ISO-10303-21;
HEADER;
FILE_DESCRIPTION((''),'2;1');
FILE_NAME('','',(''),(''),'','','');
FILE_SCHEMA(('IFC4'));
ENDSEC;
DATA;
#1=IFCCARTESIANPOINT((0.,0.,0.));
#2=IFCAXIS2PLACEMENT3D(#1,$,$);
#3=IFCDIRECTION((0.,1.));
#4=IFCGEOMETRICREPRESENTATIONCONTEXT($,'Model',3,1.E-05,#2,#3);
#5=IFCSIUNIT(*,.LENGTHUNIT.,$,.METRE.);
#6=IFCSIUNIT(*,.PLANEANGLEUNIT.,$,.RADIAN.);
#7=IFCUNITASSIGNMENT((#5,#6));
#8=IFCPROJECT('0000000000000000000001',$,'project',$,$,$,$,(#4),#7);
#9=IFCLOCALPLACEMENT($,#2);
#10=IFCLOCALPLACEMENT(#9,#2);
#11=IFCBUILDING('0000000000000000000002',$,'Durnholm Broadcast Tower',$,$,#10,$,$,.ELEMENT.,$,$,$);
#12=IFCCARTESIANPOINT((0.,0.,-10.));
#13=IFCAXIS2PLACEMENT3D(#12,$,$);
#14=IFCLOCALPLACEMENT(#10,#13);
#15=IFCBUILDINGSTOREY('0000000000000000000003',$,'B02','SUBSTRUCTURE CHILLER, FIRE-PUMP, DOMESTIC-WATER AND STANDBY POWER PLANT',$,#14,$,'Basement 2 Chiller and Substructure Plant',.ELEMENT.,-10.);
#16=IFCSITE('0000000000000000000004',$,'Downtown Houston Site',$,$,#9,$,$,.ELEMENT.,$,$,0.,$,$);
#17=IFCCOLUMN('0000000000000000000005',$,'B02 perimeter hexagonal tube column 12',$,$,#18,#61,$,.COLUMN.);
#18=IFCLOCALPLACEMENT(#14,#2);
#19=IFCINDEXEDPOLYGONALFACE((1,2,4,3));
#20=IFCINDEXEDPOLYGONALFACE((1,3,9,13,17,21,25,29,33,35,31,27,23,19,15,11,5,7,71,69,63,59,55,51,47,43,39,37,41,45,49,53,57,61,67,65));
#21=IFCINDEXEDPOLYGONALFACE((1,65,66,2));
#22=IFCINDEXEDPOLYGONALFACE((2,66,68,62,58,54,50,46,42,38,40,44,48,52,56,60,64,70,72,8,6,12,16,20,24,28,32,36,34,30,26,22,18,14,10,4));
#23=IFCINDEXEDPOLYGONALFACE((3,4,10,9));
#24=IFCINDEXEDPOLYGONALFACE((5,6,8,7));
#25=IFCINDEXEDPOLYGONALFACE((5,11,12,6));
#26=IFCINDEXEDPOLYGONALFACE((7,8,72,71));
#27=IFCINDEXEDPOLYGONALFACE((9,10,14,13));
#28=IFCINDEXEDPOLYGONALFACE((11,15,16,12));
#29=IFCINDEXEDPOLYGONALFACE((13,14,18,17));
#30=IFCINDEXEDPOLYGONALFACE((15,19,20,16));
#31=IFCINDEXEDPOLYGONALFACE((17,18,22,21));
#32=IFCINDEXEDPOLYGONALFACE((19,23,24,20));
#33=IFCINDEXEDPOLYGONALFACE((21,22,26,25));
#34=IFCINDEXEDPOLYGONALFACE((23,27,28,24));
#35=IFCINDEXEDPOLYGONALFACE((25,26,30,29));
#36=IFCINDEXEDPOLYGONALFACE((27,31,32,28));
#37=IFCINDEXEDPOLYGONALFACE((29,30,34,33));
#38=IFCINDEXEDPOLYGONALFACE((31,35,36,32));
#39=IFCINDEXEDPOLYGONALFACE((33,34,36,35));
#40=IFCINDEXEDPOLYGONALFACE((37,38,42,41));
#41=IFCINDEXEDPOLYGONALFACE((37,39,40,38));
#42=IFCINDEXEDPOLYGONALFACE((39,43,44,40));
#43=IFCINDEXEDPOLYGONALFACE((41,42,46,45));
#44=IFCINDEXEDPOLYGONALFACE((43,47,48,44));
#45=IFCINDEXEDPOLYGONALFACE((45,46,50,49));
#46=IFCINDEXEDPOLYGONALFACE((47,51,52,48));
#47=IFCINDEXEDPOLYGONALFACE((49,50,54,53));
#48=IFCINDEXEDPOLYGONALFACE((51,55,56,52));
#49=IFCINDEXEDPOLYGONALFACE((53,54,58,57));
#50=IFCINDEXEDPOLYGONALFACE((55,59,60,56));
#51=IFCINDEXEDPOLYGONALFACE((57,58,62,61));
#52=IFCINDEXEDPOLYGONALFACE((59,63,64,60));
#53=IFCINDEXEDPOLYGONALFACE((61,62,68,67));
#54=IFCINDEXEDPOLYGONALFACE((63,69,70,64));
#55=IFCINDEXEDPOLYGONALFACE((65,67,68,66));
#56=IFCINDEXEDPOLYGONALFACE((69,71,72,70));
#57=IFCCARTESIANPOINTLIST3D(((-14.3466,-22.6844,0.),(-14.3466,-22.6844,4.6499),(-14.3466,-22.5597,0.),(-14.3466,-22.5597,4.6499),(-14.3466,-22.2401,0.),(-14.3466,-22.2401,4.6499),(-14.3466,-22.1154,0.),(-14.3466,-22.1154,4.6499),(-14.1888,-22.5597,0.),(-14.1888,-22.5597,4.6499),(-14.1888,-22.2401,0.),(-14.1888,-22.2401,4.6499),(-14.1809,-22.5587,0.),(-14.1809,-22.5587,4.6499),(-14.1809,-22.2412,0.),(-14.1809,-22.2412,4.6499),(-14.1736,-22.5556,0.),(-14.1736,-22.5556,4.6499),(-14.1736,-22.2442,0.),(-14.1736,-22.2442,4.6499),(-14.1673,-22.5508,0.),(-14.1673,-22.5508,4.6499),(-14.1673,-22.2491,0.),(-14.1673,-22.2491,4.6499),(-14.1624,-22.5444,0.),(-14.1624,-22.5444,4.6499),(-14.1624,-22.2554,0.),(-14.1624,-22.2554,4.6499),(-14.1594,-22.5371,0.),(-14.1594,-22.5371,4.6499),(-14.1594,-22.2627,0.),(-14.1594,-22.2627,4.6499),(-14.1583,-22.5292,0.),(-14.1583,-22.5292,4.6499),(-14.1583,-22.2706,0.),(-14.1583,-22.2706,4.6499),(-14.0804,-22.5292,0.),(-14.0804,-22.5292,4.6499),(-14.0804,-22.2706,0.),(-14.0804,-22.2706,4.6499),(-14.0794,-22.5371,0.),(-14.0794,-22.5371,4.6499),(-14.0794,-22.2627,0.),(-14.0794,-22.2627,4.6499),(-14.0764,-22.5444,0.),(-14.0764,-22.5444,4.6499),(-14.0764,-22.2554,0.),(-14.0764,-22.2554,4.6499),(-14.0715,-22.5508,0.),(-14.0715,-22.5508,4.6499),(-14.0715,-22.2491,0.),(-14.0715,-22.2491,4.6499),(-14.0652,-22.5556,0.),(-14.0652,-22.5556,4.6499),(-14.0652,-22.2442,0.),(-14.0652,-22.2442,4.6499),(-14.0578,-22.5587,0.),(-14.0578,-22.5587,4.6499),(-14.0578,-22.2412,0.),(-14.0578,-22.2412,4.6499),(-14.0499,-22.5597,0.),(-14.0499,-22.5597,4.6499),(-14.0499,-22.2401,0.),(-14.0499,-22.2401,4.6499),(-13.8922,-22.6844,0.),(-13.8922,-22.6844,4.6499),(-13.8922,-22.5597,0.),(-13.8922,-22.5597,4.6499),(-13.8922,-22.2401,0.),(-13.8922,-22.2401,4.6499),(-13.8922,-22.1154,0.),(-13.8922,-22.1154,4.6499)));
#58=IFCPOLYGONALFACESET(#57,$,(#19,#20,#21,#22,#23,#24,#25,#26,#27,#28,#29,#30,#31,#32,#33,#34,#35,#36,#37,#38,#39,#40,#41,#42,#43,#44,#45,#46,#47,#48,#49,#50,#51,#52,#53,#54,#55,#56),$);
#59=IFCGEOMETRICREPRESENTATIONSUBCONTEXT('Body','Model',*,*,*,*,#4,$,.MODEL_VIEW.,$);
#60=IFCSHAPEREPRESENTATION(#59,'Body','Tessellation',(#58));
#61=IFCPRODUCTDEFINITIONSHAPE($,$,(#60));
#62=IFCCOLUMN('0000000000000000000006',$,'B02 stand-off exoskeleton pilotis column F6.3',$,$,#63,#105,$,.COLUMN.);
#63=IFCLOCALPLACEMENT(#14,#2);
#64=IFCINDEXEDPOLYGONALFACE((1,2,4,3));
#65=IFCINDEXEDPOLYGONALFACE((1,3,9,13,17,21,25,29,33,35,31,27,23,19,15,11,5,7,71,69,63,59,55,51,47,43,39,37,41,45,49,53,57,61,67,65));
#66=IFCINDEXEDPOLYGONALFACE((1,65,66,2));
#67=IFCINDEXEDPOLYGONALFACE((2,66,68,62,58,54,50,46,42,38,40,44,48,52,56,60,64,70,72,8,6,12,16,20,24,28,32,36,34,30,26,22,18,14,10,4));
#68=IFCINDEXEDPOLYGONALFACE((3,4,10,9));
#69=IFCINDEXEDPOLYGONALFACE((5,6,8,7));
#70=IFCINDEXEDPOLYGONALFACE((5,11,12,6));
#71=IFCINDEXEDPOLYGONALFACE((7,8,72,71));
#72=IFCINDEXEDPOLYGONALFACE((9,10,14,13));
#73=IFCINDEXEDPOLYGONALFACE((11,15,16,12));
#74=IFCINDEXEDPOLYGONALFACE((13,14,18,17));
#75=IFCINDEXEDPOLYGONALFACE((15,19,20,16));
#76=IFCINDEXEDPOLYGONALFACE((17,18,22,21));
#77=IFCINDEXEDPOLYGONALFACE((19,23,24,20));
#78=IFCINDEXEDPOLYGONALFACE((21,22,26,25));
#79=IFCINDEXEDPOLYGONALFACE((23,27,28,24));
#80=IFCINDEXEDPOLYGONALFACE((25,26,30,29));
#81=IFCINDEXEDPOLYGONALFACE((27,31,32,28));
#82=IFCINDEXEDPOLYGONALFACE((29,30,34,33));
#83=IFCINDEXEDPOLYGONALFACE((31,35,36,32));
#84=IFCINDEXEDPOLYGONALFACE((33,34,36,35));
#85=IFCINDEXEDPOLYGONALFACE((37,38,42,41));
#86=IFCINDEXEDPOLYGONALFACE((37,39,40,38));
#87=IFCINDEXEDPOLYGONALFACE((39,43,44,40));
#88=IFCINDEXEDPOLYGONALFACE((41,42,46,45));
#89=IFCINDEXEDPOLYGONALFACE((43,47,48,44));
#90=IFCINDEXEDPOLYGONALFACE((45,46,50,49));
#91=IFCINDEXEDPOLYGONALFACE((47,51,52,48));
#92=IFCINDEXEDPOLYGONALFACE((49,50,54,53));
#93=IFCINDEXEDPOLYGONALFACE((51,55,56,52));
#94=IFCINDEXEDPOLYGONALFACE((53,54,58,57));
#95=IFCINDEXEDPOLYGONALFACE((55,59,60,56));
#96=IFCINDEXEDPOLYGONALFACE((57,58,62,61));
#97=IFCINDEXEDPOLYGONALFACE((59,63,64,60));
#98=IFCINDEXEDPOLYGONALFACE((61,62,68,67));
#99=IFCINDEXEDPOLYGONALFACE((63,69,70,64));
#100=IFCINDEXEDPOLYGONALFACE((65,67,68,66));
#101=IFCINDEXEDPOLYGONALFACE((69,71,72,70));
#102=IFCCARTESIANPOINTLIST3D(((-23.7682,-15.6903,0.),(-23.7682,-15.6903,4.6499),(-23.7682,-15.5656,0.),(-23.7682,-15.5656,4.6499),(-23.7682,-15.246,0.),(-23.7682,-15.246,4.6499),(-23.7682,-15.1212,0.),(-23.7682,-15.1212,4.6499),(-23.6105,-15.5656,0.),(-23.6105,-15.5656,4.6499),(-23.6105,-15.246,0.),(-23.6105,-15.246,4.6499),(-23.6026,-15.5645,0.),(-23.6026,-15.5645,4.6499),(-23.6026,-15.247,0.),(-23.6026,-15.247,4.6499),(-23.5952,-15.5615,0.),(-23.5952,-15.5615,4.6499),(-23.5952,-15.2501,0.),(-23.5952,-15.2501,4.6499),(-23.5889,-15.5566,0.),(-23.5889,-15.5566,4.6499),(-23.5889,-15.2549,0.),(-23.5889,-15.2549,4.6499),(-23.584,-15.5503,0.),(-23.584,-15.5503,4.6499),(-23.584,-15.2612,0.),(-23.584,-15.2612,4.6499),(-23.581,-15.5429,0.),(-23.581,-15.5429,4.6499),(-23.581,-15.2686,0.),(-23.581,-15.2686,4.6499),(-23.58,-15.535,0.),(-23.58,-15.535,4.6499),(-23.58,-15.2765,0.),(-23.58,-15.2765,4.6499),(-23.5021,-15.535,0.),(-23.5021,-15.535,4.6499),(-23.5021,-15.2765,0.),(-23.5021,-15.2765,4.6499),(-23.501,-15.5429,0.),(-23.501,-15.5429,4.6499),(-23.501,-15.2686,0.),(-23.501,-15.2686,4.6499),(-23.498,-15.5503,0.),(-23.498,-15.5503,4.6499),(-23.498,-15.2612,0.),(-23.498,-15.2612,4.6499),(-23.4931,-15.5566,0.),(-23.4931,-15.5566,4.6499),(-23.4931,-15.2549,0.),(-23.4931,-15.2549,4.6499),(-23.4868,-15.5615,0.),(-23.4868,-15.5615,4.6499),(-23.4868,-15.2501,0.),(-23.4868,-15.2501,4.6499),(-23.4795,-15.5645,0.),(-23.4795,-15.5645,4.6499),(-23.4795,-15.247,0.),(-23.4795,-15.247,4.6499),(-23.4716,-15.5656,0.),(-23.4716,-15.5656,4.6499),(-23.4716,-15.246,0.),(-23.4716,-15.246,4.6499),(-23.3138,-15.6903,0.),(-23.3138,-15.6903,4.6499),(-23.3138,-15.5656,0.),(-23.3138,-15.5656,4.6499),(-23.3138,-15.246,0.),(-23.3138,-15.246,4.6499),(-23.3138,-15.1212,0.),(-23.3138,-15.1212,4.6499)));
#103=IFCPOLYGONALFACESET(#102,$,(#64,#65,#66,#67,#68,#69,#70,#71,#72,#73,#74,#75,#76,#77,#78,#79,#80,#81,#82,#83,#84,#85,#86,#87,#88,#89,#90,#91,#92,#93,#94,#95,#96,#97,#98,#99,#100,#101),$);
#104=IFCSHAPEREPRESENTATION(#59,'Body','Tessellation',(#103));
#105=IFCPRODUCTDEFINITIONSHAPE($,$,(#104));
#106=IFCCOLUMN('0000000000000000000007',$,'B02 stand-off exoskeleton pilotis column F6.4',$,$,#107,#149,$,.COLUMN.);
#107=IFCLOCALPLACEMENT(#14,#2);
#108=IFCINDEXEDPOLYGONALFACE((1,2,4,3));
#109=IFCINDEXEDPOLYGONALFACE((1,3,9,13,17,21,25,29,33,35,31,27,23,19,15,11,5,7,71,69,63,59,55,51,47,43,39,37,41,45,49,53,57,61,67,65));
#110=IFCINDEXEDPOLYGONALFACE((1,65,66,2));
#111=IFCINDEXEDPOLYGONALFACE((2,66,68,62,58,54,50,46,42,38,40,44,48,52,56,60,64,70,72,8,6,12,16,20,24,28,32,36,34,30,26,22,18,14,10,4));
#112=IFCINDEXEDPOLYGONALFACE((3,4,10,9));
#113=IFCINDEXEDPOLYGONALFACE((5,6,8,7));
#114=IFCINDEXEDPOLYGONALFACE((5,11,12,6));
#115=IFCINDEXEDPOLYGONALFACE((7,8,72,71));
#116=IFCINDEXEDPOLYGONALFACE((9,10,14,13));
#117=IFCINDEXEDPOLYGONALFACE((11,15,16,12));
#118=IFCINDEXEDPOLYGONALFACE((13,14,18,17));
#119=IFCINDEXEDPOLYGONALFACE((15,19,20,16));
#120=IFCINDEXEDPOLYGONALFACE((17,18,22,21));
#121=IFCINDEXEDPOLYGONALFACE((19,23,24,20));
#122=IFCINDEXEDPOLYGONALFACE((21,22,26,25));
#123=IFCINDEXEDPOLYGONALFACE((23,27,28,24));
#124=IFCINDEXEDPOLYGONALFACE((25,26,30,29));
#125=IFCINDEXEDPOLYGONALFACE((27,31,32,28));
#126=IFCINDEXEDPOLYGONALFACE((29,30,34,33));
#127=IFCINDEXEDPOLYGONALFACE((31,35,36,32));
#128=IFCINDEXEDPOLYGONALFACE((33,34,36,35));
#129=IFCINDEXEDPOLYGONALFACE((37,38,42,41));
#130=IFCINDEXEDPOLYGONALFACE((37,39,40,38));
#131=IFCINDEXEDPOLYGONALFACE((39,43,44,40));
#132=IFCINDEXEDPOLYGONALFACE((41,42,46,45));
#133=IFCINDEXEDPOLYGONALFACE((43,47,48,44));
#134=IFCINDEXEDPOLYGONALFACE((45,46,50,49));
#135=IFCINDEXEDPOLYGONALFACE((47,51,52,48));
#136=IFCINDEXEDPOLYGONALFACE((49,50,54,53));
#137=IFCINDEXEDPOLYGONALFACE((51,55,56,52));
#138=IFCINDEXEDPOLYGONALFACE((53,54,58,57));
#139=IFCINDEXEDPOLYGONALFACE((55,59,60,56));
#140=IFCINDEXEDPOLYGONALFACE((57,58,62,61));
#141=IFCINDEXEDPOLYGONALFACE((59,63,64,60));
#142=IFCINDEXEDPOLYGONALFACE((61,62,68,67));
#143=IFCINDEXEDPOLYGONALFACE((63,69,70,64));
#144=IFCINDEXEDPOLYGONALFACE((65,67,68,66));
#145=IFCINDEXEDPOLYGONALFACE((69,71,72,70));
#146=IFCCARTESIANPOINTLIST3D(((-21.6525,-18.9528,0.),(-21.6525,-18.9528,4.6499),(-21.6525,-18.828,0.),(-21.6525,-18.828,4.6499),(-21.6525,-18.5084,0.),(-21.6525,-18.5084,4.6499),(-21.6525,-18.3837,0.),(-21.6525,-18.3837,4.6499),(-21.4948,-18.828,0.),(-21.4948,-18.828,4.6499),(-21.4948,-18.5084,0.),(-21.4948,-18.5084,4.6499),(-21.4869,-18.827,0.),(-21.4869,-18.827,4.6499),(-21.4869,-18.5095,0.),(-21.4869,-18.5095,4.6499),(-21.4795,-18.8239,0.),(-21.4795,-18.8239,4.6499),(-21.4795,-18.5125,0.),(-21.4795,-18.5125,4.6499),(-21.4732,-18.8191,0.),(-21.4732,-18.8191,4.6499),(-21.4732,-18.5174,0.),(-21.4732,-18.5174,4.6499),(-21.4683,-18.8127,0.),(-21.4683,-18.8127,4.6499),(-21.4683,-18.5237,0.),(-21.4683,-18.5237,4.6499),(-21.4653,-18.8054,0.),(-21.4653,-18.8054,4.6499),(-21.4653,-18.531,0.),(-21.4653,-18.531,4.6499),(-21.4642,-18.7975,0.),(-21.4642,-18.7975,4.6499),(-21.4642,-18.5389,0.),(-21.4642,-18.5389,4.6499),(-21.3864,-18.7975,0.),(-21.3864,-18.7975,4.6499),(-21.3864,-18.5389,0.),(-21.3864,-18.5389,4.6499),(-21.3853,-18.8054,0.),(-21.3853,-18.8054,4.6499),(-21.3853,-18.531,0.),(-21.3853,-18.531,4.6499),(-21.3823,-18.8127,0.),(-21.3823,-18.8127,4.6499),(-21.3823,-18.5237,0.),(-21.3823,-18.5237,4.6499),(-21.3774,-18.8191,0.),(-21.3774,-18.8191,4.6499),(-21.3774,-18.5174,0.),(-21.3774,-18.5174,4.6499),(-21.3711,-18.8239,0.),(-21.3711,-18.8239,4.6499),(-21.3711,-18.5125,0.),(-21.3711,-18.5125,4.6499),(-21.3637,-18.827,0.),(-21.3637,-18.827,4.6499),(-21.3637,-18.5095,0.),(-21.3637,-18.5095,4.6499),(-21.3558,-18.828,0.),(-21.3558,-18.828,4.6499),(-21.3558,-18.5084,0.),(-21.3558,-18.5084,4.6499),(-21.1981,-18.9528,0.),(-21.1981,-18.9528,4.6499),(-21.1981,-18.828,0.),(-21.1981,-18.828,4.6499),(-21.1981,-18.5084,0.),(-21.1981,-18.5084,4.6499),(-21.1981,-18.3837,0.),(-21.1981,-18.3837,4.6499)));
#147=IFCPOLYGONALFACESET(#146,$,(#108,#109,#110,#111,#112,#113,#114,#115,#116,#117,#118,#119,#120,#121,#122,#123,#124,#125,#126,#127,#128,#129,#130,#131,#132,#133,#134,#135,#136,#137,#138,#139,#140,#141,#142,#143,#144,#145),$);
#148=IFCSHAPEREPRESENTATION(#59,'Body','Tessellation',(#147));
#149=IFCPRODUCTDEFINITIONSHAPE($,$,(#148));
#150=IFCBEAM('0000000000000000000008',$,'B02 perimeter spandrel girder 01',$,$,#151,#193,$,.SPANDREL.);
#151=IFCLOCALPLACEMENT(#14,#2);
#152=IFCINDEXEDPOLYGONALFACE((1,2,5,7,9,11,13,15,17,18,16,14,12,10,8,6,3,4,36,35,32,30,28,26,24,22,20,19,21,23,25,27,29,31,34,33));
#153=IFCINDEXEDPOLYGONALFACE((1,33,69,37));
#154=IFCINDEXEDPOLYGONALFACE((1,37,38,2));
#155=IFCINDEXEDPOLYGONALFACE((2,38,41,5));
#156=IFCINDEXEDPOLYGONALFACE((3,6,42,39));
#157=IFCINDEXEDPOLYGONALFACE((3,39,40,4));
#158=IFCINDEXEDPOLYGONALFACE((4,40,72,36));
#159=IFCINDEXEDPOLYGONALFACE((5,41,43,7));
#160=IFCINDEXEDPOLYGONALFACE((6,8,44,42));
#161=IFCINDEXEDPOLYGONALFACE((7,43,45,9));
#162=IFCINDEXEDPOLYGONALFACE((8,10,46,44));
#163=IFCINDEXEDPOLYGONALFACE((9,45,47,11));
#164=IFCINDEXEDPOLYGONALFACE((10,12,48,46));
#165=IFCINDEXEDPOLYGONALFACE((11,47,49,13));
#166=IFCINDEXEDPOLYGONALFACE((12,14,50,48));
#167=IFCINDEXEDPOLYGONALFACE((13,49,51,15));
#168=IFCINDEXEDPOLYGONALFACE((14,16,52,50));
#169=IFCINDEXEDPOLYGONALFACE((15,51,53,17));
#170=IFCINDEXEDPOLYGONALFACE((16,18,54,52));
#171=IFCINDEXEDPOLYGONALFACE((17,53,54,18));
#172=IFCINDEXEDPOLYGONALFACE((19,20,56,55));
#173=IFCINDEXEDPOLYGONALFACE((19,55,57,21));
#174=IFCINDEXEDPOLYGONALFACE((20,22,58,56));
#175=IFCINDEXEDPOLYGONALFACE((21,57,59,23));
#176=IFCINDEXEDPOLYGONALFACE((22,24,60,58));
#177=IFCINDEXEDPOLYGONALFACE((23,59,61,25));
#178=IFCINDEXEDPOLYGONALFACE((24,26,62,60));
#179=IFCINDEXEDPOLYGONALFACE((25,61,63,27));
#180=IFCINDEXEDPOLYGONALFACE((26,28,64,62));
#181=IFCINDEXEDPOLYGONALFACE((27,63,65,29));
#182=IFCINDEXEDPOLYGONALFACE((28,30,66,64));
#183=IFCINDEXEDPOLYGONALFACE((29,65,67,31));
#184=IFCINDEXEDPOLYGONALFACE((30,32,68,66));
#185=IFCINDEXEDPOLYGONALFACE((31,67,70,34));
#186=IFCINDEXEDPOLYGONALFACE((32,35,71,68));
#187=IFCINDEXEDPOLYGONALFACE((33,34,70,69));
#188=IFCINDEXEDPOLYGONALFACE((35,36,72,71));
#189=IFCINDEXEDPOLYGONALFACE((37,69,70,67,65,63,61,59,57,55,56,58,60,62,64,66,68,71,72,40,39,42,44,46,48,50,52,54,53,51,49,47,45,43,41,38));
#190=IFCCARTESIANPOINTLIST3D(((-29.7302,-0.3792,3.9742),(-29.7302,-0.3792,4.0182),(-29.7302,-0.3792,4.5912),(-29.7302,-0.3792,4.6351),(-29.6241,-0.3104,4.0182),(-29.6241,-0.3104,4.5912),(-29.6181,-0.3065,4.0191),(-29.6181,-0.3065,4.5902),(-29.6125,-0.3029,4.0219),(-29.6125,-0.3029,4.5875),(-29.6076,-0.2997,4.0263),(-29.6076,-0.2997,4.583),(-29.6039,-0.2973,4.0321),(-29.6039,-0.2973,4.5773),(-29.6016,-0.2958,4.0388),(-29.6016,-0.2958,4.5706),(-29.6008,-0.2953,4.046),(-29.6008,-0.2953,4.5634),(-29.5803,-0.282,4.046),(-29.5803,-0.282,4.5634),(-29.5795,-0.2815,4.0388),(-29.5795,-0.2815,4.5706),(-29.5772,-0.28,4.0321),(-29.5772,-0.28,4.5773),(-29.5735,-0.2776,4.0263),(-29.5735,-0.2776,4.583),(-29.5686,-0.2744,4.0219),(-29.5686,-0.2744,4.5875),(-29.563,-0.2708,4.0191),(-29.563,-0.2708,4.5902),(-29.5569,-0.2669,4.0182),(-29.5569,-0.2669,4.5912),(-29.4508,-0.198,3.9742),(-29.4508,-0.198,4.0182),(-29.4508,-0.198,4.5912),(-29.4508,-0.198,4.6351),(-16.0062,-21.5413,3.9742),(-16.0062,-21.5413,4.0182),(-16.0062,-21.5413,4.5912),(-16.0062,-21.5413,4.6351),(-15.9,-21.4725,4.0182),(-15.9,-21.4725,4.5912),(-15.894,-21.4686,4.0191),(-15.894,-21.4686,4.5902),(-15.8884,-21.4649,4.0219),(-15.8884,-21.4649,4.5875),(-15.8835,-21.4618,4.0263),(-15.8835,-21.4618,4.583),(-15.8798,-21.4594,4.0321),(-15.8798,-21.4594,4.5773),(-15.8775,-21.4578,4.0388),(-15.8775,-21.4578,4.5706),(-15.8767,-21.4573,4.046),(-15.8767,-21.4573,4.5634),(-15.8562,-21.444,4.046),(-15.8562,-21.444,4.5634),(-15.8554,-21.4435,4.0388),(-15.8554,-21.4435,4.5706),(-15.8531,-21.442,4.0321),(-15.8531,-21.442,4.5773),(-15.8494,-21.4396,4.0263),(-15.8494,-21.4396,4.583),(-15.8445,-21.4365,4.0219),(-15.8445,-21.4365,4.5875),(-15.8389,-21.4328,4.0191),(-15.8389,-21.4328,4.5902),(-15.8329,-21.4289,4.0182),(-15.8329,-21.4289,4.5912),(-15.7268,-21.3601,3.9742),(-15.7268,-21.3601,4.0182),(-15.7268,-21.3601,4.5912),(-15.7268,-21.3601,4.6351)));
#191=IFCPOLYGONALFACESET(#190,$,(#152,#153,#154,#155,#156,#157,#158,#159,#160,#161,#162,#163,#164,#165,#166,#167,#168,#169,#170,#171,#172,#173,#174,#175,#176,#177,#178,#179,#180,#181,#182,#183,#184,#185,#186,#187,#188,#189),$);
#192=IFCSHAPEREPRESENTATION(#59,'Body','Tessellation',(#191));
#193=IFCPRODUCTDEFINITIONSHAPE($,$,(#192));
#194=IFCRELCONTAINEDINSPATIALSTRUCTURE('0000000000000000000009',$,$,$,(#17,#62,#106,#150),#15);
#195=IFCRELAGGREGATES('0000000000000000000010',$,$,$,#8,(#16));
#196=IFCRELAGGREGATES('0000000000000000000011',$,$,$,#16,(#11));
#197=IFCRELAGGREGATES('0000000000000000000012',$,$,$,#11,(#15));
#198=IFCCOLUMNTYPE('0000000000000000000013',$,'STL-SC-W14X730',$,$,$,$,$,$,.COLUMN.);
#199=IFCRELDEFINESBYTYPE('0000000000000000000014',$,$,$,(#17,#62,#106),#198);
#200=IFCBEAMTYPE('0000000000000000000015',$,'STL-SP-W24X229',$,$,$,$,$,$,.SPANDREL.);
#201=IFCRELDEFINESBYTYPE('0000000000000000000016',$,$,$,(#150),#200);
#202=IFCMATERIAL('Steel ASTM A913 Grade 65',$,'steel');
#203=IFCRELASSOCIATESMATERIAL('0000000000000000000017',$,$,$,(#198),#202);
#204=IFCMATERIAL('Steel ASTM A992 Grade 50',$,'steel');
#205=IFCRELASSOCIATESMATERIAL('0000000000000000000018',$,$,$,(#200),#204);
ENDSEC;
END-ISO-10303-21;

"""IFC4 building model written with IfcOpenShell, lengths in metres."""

from ifc_helpers import new_model, si_unit, direction, frame, origin, origin_2d, place, context, subcontext, project, spatial, i_section, extrude, source, transform, mapped, material, material_profile, profile_set, type_object, type_shapes, element, save


model = new_model("IFC4")

# Units and contexts
model_context = context("Model", 3, precision=1e-05, world=origin(), true_north=direction((0.0, 1.0)))
body_context = subcontext(model_context, "Body", "Model", "MODEL_VIEW")
ifc_project = project(units=[si_unit("LENGTHUNIT", "METRE"), si_unit("PLANEANGLEUNIT", "RADIAN")], contexts=[model_context])

# Site, building, storey
site_placement = place(None, origin())
site = spatial("IfcSite", under=ifc_project, at=site_placement, Name="Downtown Houston Site", CompositionType="ELEMENT", RefElevation=0.0)
building_placement = place(site_placement, origin())
building = spatial("IfcBuilding", under=site, at=building_placement, Name="Durnholm Broadcast Tower", CompositionType="ELEMENT")
storey_placement = place(building_placement, frame((0.0, 0.0, -10.0)))
storey = spatial("IfcBuildingStorey", under=building, at=storey_placement, Name="B02", Description="SUBSTRUCTURE CHILLER, FIRE-PUMP, DOMESTIC-WATER AND STANDBY POWER PLANT", LongName="Basement 2 Chiller and Substructure Plant", CompositionType="ELEMENT", Elevation=-10.0)

# Columns
ifc_material_1 = material(Name="Steel ASTM A913 Grade 65", Category="steel")
ifc_material_profile_1 = material_profile(ifc_material_1, i_section(OverallWidth=0.4543, OverallDepth=0.5691, WebThickness=0.0779, FlangeThickness=0.1248, FilletRadius=0.0305, at=origin_2d()), Name="W14X730")
ifc_profile_set_1 = profile_set([ifc_material_profile_1], Name="Steel ASTM A913 Grade 65")
column_type = type_object("IfcColumnType", Name="STL-SC-W14X730", PredefinedType="COLUMN", material=ifc_profile_set_1)
shared_shape_1 = source(origin(), body_context, "Body", "SweptSolid", [
    extrude(i_section(OverallWidth=0.4543, OverallDepth=0.5691, WebThickness=0.0779, FlangeThickness=0.1248, FilletRadius=0.0305, at=origin_2d()), origin(), (0.0, 0.0, 1.0), 4.6499),
])
type_shapes(column_type, [shared_shape_1])
for number, where, z_axis, x_axis, name in (
    (1, (-14.1194, -22.3999, 0.0), (0.0, 0.0, 1.0), (1.0, 0.0, 0.0), "B02 perimeter hexagonal tube column 12"),
    (2, (-23.541, -15.4058, 0.0), (0.0, 0.0, 1.0), (1.0, 0.0, 0.0), "B02 stand-off exoskeleton pilotis column F6.3"),
    (3, (-21.4253, -18.6682, 0.0), (0.0, 0.0, 1.0), (1.0, 0.0, 0.0), "B02 stand-off exoskeleton pilotis column F6.4"),
):
    element("IfcColumn", number, at=place(storey_placement, frame(where, z_axis=z_axis, x_axis=x_axis)), inside=storey, type_object=column_type, Name=name, PredefinedType="COLUMN", context=body_context, shape_type="MappedRepresentation", body=[
        mapped(shared_shape_1, transform((0.0, 0.0, 0.0), x_axis=(1.0, 0.0, 0.0), y_axis=(0.0, 1.0, 0.0), z_axis=(0.0, 0.0, 1.0), scale=1.0)),
    ])

# Beam
ifc_material_2 = material(Name="Steel ASTM A992 Grade 50", Category="steel")
ifc_material_profile_2 = material_profile(ifc_material_2, i_section(OverallWidth=0.333, OverallDepth=0.6609, WebThickness=0.0244, FlangeThickness=0.0439, FilletRadius=0.0278, at=origin_2d()), Name="W24X229")
ifc_profile_set_2 = profile_set([ifc_material_profile_2], Name="Steel ASTM A992 Grade 50")
beam_type = type_object("IfcBeamType", Name="STL-SP-W24X229", PredefinedType="SPANDREL", material=ifc_profile_set_2)
shared_shape_2 = source(origin(), body_context, "Body", "SweptSolid", [
    extrude(i_section(OverallWidth=0.333, OverallDepth=0.6609, WebThickness=0.0244, FlangeThickness=0.0439, FilletRadius=0.0278, at=origin_2d()), origin(), (0.0, 0.0, 1.0), 25.2227),
])
beam_1_placement = place(storey_placement, frame((-15.8665, -21.4507, 4.3047), z_axis=(-0.544117, 0.839009, 0.0), x_axis=(-0.839009, -0.544117, 0.0)))
element("IfcBeam", 4, at=beam_1_placement, inside=storey, type_object=beam_type, Name="B02 perimeter spandrel girder 01", PredefinedType="SPANDREL", context=body_context, shape_type="MappedRepresentation", body=[
    mapped(shared_shape_2, transform((0.0, 0.0, 0.0), x_axis=(1.0, 0.0, 0.0), y_axis=(0.0, 1.0, 0.0), z_axis=(0.0, 0.0, 1.0), scale=1.0)),
])

save(model, "model.ifc")
